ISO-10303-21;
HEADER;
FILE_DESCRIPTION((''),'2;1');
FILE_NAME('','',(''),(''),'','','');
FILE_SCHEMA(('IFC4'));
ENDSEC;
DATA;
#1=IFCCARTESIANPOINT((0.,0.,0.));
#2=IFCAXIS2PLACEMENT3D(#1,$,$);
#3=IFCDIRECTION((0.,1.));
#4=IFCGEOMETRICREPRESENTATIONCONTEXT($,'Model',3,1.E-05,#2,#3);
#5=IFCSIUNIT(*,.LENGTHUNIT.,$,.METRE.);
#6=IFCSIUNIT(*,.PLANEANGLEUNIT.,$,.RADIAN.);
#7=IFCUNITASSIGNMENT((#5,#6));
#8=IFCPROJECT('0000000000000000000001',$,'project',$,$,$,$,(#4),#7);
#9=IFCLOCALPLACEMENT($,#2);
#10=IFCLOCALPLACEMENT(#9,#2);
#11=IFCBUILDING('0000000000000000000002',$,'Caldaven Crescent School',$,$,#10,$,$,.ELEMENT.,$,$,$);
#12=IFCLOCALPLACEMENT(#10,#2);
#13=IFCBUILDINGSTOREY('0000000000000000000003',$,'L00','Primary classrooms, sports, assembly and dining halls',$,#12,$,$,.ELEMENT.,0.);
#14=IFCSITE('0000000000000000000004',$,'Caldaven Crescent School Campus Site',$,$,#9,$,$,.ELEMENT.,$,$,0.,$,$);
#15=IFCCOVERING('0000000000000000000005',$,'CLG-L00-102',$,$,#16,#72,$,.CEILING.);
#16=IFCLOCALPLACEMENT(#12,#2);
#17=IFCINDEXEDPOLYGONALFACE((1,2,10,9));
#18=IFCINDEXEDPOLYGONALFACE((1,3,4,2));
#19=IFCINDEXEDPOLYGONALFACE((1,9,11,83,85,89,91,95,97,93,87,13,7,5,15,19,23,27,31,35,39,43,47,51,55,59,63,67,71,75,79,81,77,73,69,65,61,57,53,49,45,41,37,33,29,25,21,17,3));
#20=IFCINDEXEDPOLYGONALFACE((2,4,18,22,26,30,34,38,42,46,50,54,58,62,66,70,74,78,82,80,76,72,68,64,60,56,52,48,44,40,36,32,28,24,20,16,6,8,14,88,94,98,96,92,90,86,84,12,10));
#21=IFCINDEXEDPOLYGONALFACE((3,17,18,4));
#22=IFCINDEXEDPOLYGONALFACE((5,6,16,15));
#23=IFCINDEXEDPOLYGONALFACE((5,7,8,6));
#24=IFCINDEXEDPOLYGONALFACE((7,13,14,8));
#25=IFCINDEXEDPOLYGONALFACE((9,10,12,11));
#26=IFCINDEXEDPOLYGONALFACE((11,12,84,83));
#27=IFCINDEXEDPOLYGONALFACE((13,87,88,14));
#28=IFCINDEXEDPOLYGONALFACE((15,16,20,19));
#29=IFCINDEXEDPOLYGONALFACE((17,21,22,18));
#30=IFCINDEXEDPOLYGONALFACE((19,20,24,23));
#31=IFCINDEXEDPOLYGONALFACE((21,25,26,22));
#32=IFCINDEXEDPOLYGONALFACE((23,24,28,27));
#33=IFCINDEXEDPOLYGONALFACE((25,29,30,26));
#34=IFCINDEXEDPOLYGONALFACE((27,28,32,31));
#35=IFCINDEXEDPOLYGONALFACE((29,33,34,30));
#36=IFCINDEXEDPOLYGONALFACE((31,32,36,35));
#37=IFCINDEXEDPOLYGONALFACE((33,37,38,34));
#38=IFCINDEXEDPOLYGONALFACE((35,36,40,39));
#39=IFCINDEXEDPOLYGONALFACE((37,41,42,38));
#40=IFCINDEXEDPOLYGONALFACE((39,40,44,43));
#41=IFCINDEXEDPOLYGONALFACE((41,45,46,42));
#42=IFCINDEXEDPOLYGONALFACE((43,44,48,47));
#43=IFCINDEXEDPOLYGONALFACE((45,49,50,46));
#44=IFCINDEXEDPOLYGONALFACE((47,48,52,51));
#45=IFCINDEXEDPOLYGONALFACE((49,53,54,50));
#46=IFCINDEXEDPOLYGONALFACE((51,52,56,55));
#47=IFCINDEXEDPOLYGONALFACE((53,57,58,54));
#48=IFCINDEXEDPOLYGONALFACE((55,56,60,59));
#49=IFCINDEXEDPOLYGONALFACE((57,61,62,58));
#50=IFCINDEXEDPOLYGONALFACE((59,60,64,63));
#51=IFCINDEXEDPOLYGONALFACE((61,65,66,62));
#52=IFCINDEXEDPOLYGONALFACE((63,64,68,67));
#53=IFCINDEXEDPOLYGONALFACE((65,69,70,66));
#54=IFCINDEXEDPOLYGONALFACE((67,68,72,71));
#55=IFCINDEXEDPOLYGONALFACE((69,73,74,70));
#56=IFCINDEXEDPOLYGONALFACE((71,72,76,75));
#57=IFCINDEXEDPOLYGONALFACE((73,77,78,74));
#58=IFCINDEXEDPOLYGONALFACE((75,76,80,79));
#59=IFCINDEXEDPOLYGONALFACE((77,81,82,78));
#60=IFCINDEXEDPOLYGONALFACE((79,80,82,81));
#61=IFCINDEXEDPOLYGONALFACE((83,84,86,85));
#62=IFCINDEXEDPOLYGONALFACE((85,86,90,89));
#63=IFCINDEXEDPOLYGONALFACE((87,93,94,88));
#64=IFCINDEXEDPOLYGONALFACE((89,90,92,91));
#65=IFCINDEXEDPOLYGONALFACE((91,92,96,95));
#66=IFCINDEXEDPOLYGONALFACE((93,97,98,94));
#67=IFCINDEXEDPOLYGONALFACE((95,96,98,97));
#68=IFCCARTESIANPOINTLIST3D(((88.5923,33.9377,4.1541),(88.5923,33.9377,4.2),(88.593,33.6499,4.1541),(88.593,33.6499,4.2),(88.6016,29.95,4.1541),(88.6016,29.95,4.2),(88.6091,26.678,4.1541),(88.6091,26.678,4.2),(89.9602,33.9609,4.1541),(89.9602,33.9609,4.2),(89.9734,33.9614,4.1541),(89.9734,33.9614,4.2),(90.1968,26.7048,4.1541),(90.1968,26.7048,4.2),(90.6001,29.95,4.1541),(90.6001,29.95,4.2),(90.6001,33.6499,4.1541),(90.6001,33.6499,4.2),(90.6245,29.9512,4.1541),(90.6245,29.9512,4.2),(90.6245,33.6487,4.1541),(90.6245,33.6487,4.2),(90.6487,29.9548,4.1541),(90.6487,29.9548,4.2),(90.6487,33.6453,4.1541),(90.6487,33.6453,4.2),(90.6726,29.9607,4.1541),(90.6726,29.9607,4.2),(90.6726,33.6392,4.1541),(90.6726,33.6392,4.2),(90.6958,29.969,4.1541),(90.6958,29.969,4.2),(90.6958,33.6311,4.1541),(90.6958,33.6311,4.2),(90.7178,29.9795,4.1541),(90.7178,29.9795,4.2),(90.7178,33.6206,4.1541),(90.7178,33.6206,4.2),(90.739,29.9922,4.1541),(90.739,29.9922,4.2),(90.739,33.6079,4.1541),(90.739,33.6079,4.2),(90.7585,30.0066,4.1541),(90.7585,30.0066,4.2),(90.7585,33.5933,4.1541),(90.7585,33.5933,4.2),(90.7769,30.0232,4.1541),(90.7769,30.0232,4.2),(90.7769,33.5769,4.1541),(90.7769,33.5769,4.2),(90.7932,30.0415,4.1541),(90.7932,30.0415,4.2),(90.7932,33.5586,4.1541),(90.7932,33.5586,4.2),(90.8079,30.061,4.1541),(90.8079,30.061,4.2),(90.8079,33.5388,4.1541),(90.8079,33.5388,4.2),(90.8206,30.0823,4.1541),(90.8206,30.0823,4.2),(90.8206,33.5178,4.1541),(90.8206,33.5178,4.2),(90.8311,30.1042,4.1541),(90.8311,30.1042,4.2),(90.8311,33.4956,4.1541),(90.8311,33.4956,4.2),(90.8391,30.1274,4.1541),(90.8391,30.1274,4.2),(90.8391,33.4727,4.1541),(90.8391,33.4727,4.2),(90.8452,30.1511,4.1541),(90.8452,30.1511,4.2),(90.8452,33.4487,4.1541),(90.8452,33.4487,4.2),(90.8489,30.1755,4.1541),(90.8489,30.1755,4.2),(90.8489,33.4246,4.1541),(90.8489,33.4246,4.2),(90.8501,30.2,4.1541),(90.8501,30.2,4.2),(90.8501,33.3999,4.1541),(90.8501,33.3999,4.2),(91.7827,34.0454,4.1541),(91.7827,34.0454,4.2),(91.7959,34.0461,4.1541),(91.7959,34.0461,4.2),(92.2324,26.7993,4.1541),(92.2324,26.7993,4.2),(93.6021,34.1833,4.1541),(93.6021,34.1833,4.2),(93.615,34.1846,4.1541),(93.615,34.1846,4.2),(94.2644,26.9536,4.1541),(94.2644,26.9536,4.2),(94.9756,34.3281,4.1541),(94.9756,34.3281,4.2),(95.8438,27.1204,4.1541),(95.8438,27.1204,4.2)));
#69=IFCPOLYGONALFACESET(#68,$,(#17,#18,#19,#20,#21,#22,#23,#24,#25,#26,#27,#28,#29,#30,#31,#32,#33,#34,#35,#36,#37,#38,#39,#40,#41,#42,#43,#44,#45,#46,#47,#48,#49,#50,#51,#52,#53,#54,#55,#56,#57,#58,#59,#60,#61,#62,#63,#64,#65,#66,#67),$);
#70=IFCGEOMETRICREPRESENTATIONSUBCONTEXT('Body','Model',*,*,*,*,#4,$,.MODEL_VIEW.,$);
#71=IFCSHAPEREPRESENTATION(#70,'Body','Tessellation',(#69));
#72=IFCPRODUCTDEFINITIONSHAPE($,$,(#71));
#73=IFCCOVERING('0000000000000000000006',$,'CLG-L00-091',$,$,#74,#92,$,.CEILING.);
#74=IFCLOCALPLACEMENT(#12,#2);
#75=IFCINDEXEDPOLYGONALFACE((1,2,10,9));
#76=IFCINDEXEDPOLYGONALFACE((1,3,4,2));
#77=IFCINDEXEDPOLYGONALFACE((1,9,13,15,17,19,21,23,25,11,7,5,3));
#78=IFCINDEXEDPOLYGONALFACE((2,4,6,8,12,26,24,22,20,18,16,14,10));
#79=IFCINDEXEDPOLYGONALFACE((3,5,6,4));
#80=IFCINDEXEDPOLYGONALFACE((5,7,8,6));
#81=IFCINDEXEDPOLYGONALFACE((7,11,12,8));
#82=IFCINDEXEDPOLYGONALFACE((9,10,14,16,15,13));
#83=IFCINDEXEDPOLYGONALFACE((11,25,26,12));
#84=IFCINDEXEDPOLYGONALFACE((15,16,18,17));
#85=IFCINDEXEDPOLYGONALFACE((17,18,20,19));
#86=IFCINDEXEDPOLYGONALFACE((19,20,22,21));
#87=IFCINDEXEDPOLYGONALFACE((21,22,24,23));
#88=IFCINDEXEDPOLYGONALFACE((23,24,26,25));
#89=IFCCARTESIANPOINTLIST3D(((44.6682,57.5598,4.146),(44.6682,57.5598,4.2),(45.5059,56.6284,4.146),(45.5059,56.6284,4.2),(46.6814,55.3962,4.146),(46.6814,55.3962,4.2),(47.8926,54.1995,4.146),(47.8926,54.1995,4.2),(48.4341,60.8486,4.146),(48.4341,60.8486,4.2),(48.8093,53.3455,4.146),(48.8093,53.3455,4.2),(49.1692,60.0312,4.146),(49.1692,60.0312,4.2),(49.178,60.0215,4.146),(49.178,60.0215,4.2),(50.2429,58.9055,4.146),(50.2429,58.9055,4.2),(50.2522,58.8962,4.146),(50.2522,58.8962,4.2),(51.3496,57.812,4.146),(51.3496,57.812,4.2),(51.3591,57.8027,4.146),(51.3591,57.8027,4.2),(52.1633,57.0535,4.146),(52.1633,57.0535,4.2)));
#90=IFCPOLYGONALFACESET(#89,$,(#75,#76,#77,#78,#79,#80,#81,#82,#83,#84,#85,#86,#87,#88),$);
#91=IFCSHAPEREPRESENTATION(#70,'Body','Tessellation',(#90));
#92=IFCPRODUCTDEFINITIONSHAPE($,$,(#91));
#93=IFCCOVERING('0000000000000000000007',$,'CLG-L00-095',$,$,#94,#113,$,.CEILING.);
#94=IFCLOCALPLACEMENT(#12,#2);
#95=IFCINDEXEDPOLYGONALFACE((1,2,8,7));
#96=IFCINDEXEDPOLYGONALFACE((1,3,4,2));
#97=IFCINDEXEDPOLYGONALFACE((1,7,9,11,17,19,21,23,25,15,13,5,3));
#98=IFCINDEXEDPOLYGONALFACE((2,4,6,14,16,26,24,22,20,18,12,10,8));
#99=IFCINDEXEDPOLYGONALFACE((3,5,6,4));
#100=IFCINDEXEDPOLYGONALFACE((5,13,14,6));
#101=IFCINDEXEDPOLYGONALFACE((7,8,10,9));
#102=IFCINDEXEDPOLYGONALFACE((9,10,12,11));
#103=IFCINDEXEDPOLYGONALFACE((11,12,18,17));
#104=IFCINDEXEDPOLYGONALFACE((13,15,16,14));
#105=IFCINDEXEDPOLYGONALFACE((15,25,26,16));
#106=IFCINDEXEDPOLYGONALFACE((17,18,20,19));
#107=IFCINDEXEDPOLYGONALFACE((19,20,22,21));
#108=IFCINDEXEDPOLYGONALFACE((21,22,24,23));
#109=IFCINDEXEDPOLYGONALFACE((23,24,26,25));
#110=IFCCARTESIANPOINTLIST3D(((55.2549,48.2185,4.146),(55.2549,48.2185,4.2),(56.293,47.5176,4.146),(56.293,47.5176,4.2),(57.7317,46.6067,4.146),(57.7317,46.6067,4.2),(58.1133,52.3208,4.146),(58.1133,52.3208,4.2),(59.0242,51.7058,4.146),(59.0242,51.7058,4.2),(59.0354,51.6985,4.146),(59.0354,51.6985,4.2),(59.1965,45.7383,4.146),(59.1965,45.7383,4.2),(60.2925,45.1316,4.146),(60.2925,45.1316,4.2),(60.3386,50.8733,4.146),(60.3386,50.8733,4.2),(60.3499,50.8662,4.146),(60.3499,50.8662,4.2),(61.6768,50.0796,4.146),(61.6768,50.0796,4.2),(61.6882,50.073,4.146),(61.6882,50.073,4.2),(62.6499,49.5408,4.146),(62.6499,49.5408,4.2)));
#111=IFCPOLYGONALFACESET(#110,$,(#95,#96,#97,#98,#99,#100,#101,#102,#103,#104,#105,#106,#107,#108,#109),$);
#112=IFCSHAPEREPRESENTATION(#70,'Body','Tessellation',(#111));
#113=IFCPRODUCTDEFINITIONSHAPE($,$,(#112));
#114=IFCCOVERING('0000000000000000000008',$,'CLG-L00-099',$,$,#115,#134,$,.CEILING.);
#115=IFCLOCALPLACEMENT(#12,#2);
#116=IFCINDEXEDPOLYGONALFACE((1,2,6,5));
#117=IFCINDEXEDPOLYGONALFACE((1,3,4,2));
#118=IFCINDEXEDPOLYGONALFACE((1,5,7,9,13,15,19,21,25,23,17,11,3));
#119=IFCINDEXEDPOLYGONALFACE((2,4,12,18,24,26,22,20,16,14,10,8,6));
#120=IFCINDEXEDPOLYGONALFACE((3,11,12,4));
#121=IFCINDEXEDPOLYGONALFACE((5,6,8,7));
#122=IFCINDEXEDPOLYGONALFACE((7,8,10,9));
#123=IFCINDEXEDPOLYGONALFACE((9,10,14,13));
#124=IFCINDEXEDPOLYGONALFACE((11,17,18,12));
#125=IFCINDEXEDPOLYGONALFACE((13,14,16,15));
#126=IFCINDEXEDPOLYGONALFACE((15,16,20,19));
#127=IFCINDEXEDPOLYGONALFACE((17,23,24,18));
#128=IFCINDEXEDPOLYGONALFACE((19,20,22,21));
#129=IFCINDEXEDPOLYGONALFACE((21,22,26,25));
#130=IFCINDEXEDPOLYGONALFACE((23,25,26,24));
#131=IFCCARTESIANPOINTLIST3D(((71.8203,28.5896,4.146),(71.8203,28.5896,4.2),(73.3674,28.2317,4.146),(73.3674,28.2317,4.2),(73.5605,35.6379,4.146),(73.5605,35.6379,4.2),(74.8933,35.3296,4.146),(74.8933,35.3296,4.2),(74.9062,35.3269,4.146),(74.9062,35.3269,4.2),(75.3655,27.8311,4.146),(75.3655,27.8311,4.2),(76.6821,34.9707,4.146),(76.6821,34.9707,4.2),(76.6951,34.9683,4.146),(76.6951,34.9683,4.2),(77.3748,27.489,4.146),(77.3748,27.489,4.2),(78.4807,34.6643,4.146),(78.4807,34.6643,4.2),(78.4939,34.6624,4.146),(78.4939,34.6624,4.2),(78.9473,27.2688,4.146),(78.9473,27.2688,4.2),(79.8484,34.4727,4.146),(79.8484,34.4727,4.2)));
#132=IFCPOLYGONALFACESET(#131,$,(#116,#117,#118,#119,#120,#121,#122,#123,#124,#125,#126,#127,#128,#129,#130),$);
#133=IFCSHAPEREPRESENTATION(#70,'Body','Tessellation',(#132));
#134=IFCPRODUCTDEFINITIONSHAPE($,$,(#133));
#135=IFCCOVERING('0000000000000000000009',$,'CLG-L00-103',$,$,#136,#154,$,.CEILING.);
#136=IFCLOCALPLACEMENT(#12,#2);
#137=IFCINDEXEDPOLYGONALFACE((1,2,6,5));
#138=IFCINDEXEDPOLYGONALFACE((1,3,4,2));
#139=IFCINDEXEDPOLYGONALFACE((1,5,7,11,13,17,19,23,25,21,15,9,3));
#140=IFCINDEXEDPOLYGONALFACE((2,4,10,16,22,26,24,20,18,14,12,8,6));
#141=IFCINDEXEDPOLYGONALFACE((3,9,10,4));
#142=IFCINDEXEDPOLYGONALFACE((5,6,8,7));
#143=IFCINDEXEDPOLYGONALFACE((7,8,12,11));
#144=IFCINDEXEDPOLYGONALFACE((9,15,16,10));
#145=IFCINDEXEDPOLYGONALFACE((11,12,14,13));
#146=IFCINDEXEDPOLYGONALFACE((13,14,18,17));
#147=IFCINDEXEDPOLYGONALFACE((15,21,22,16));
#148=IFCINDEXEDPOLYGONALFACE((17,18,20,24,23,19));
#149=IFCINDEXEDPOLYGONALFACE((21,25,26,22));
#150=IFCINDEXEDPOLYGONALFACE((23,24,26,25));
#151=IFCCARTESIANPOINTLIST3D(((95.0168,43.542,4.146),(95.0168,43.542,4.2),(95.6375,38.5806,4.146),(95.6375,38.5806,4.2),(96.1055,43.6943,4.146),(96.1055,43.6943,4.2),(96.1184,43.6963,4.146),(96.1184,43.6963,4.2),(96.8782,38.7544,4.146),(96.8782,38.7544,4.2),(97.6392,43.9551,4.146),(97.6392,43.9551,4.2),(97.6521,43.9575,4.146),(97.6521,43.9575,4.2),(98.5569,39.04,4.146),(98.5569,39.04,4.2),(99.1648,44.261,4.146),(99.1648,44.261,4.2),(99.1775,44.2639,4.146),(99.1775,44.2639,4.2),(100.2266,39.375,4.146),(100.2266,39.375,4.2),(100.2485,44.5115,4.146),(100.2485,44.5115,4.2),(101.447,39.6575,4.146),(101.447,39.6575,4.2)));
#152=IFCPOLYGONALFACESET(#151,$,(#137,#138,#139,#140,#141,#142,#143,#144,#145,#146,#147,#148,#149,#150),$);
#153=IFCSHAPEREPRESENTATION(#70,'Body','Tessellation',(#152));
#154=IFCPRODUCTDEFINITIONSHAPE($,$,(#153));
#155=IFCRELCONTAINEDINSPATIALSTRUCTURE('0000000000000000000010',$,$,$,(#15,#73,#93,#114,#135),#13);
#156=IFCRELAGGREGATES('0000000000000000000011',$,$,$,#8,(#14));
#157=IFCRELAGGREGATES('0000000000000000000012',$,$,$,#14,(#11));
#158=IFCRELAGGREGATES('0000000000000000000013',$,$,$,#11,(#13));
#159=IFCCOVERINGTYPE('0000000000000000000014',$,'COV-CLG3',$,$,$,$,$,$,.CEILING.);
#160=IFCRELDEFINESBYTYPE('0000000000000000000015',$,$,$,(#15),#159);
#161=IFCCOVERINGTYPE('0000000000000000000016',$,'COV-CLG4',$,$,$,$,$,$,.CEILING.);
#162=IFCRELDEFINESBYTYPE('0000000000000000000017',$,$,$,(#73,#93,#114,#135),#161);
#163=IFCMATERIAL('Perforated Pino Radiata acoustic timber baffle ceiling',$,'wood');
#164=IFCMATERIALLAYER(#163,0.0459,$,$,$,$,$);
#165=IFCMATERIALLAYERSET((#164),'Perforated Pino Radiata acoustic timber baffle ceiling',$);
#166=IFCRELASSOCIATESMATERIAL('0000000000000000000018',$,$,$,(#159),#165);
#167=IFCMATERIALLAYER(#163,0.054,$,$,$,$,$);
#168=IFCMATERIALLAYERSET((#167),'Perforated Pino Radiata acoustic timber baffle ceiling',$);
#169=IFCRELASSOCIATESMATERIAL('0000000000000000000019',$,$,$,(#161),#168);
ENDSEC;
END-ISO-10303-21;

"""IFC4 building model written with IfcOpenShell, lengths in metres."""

from ifc_helpers import new_model, si_unit, direction, frame, origin, place, context, subcontext, project, spatial, polyline, outline, extrude, material, layer, layer_set, type_object, element, save


model = new_model("IFC4")

# Units and contexts
model_context = context("Model", 3, precision=1e-05, world=origin(), true_north=direction((0.0, 1.0)))
body_context = subcontext(model_context, "Body", "Model", "MODEL_VIEW")
ifc_project = project(units=[si_unit("LENGTHUNIT", "METRE"), si_unit("PLANEANGLEUNIT", "RADIAN")], contexts=[model_context])

# Site, building, storey
site_placement = place(None, origin())
site = spatial("IfcSite", under=ifc_project, at=site_placement, Name="Caldaven Crescent School Campus Site", CompositionType="ELEMENT", RefElevation=0.0)
building_placement = place(site_placement, origin())
building = spatial("IfcBuilding", under=site, at=building_placement, Name="Caldaven Crescent School", CompositionType="ELEMENT")
storey_placement = place(building_placement, origin())
storey = spatial("IfcBuildingStorey", under=building, at=storey_placement, Name="L00", Description="Primary classrooms, sports, assembly and dining halls", CompositionType="ELEMENT", Elevation=0.0)

# Coverings
ifc_material_1 = material(Name="Perforated Pino Radiata acoustic timber baffle ceiling", Category="wood")
ifc_layer_1 = layer(ifc_material_1, 0.0459)
ifc_layer_set_1 = layer_set([ifc_layer_1], Name="Perforated Pino Radiata acoustic timber baffle ceiling")
covering_type_1 = type_object("IfcCoveringType", Name="COV-CLG3", PredefinedType="CEILING", material=ifc_layer_set_1)
covering_1_placement = place(storey_placement, frame((0.0, 0.0, 4.1541)))
element("IfcCovering", 1, at=covering_1_placement, inside=storey, type_object=covering_type_1, Name="CLG-L00-102", PredefinedType="CEILING", context=body_context, shape_type="SweptSolid", body=[
    extrude(outline(polyline([(89.9602, 33.9609), (89.9734, 33.9614), (91.7827, 34.0454), (91.7959, 34.0461), (93.6021, 34.1833), (93.615, 34.1846), (94.9756, 34.3281), (95.8438, 27.1204), (94.2644, 26.9536), (92.2324, 26.7993), (90.1968, 26.7048), (88.6091, 26.678), (88.6016, 29.95), (90.6001, 29.95), (90.6245, 29.9512), (90.6487, 29.9548), (90.6726, 29.9607), (90.6958, 29.969), (90.7178, 29.9795), (90.739, 29.9922), (90.7585, 30.0066), (90.7769, 30.0232), (90.7932, 30.0415), (90.8079, 30.061), (90.8206, 30.0823), (90.8311, 30.1042), (90.8391, 30.1274), (90.8452, 30.1511), (90.8489, 30.1755), (90.8501, 30.2), (90.8501, 33.3999), (90.8489, 33.4246), (90.8452, 33.4487), (90.8391, 33.4727), (90.8311, 33.4956), (90.8206, 33.5178), (90.8079, 33.5388), (90.7932, 33.5586), (90.7769, 33.5769), (90.7585, 33.5933), (90.739, 33.6079), (90.7178, 33.6206), (90.6958, 33.6311), (90.6726, 33.6392), (90.6487, 33.6453), (90.6245, 33.6487), (90.6001, 33.6499), (88.593, 33.6499), (88.5923, 33.9377), (89.9602, 33.9609)])), origin(), (0.0, 0.0, 1.0), 0.0459),
])
ifc_layer_2 = layer(ifc_material_1, 0.054)
ifc_layer_set_2 = layer_set([ifc_layer_2], Name="Perforated Pino Radiata acoustic timber baffle ceiling")
covering_type_2 = type_object("IfcCoveringType", Name="COV-CLG4", PredefinedType="CEILING", material=ifc_layer_set_2)
covering_2_placement = place(storey_placement, frame((0.0, 0.0, 4.146)))
element("IfcCovering", 2, at=covering_2_placement, inside=storey, type_object=covering_type_2, Name="CLG-L00-091", PredefinedType="CEILING", context=body_context, shape_type="SweptSolid", body=[
    extrude(outline(polyline([(49.1692, 60.0312), (49.178, 60.0215), (50.2429, 58.9055), (50.2522, 58.8962), (51.3496, 57.812), (51.3591, 57.8027), (52.1633, 57.0535), (48.8093, 53.3455), (47.8926, 54.1995), (46.6814, 55.3962), (45.5059, 56.6284), (44.6682, 57.5598), (48.4341, 60.8486), (49.1692, 60.0312)])), origin(), (0.0, 0.0, 1.0), 0.054),
])
covering_3_placement = place(storey_placement, frame((0.0, 0.0, 4.146)))
element("IfcCovering", 3, at=covering_3_placement, inside=storey, type_object=covering_type_2, Name="CLG-L00-095", PredefinedType="CEILING", context=body_context, shape_type="SweptSolid", body=[
    extrude(outline(polyline([(59.0242, 51.7058), (59.0354, 51.6985), (60.3386, 50.8733), (60.3499, 50.8662), (61.6768, 50.0796), (61.6882, 50.073), (62.6499, 49.5408), (60.2925, 45.1316), (59.1965, 45.7383), (57.7317, 46.6067), (56.293, 47.5176), (55.2549, 48.2185), (58.1133, 52.3208), (59.0242, 51.7058)])), origin(), (0.0, 0.0, 1.0), 0.054),
])
covering_4_placement = place(storey_placement, frame((0.0, 0.0, 4.146)))
element("IfcCovering", 4, at=covering_4_placement, inside=storey, type_object=covering_type_2, Name="CLG-L00-099", PredefinedType="CEILING", context=body_context, shape_type="SweptSolid", body=[
    extrude(outline(polyline([(74.8933, 35.3296), (74.9062, 35.3269), (76.6821, 34.9707), (76.6951, 34.9683), (78.4807, 34.6643), (78.4939, 34.6624), (79.8484, 34.4727), (78.9473, 27.2688), (77.3748, 27.489), (75.3655, 27.8311), (73.3674, 28.2317), (71.8203, 28.5896), (73.5605, 35.6379), (74.8933, 35.3296)])), origin(), (0.0, 0.0, 1.0), 0.054),
])
covering_5_placement = place(storey_placement, frame((0.0, 0.0, 4.146)))
element("IfcCovering", 5, at=covering_5_placement, inside=storey, type_object=covering_type_2, Name="CLG-L00-103", PredefinedType="CEILING", context=body_context, shape_type="SweptSolid", body=[
    extrude(outline(polyline([(96.1055, 43.6943), (96.1184, 43.6963), (97.6392, 43.9551), (97.6521, 43.9575), (99.1648, 44.261), (99.1775, 44.2639), (100.2485, 44.5115), (101.447, 39.6575), (100.2266, 39.375), (98.5569, 39.04), (96.8782, 38.7544), (95.6375, 38.5806), (95.0168, 43.542), (96.1055, 43.6943)])), origin(), (0.0, 0.0, 1.0), 0.054),
])

save(model, "model.ifc")
